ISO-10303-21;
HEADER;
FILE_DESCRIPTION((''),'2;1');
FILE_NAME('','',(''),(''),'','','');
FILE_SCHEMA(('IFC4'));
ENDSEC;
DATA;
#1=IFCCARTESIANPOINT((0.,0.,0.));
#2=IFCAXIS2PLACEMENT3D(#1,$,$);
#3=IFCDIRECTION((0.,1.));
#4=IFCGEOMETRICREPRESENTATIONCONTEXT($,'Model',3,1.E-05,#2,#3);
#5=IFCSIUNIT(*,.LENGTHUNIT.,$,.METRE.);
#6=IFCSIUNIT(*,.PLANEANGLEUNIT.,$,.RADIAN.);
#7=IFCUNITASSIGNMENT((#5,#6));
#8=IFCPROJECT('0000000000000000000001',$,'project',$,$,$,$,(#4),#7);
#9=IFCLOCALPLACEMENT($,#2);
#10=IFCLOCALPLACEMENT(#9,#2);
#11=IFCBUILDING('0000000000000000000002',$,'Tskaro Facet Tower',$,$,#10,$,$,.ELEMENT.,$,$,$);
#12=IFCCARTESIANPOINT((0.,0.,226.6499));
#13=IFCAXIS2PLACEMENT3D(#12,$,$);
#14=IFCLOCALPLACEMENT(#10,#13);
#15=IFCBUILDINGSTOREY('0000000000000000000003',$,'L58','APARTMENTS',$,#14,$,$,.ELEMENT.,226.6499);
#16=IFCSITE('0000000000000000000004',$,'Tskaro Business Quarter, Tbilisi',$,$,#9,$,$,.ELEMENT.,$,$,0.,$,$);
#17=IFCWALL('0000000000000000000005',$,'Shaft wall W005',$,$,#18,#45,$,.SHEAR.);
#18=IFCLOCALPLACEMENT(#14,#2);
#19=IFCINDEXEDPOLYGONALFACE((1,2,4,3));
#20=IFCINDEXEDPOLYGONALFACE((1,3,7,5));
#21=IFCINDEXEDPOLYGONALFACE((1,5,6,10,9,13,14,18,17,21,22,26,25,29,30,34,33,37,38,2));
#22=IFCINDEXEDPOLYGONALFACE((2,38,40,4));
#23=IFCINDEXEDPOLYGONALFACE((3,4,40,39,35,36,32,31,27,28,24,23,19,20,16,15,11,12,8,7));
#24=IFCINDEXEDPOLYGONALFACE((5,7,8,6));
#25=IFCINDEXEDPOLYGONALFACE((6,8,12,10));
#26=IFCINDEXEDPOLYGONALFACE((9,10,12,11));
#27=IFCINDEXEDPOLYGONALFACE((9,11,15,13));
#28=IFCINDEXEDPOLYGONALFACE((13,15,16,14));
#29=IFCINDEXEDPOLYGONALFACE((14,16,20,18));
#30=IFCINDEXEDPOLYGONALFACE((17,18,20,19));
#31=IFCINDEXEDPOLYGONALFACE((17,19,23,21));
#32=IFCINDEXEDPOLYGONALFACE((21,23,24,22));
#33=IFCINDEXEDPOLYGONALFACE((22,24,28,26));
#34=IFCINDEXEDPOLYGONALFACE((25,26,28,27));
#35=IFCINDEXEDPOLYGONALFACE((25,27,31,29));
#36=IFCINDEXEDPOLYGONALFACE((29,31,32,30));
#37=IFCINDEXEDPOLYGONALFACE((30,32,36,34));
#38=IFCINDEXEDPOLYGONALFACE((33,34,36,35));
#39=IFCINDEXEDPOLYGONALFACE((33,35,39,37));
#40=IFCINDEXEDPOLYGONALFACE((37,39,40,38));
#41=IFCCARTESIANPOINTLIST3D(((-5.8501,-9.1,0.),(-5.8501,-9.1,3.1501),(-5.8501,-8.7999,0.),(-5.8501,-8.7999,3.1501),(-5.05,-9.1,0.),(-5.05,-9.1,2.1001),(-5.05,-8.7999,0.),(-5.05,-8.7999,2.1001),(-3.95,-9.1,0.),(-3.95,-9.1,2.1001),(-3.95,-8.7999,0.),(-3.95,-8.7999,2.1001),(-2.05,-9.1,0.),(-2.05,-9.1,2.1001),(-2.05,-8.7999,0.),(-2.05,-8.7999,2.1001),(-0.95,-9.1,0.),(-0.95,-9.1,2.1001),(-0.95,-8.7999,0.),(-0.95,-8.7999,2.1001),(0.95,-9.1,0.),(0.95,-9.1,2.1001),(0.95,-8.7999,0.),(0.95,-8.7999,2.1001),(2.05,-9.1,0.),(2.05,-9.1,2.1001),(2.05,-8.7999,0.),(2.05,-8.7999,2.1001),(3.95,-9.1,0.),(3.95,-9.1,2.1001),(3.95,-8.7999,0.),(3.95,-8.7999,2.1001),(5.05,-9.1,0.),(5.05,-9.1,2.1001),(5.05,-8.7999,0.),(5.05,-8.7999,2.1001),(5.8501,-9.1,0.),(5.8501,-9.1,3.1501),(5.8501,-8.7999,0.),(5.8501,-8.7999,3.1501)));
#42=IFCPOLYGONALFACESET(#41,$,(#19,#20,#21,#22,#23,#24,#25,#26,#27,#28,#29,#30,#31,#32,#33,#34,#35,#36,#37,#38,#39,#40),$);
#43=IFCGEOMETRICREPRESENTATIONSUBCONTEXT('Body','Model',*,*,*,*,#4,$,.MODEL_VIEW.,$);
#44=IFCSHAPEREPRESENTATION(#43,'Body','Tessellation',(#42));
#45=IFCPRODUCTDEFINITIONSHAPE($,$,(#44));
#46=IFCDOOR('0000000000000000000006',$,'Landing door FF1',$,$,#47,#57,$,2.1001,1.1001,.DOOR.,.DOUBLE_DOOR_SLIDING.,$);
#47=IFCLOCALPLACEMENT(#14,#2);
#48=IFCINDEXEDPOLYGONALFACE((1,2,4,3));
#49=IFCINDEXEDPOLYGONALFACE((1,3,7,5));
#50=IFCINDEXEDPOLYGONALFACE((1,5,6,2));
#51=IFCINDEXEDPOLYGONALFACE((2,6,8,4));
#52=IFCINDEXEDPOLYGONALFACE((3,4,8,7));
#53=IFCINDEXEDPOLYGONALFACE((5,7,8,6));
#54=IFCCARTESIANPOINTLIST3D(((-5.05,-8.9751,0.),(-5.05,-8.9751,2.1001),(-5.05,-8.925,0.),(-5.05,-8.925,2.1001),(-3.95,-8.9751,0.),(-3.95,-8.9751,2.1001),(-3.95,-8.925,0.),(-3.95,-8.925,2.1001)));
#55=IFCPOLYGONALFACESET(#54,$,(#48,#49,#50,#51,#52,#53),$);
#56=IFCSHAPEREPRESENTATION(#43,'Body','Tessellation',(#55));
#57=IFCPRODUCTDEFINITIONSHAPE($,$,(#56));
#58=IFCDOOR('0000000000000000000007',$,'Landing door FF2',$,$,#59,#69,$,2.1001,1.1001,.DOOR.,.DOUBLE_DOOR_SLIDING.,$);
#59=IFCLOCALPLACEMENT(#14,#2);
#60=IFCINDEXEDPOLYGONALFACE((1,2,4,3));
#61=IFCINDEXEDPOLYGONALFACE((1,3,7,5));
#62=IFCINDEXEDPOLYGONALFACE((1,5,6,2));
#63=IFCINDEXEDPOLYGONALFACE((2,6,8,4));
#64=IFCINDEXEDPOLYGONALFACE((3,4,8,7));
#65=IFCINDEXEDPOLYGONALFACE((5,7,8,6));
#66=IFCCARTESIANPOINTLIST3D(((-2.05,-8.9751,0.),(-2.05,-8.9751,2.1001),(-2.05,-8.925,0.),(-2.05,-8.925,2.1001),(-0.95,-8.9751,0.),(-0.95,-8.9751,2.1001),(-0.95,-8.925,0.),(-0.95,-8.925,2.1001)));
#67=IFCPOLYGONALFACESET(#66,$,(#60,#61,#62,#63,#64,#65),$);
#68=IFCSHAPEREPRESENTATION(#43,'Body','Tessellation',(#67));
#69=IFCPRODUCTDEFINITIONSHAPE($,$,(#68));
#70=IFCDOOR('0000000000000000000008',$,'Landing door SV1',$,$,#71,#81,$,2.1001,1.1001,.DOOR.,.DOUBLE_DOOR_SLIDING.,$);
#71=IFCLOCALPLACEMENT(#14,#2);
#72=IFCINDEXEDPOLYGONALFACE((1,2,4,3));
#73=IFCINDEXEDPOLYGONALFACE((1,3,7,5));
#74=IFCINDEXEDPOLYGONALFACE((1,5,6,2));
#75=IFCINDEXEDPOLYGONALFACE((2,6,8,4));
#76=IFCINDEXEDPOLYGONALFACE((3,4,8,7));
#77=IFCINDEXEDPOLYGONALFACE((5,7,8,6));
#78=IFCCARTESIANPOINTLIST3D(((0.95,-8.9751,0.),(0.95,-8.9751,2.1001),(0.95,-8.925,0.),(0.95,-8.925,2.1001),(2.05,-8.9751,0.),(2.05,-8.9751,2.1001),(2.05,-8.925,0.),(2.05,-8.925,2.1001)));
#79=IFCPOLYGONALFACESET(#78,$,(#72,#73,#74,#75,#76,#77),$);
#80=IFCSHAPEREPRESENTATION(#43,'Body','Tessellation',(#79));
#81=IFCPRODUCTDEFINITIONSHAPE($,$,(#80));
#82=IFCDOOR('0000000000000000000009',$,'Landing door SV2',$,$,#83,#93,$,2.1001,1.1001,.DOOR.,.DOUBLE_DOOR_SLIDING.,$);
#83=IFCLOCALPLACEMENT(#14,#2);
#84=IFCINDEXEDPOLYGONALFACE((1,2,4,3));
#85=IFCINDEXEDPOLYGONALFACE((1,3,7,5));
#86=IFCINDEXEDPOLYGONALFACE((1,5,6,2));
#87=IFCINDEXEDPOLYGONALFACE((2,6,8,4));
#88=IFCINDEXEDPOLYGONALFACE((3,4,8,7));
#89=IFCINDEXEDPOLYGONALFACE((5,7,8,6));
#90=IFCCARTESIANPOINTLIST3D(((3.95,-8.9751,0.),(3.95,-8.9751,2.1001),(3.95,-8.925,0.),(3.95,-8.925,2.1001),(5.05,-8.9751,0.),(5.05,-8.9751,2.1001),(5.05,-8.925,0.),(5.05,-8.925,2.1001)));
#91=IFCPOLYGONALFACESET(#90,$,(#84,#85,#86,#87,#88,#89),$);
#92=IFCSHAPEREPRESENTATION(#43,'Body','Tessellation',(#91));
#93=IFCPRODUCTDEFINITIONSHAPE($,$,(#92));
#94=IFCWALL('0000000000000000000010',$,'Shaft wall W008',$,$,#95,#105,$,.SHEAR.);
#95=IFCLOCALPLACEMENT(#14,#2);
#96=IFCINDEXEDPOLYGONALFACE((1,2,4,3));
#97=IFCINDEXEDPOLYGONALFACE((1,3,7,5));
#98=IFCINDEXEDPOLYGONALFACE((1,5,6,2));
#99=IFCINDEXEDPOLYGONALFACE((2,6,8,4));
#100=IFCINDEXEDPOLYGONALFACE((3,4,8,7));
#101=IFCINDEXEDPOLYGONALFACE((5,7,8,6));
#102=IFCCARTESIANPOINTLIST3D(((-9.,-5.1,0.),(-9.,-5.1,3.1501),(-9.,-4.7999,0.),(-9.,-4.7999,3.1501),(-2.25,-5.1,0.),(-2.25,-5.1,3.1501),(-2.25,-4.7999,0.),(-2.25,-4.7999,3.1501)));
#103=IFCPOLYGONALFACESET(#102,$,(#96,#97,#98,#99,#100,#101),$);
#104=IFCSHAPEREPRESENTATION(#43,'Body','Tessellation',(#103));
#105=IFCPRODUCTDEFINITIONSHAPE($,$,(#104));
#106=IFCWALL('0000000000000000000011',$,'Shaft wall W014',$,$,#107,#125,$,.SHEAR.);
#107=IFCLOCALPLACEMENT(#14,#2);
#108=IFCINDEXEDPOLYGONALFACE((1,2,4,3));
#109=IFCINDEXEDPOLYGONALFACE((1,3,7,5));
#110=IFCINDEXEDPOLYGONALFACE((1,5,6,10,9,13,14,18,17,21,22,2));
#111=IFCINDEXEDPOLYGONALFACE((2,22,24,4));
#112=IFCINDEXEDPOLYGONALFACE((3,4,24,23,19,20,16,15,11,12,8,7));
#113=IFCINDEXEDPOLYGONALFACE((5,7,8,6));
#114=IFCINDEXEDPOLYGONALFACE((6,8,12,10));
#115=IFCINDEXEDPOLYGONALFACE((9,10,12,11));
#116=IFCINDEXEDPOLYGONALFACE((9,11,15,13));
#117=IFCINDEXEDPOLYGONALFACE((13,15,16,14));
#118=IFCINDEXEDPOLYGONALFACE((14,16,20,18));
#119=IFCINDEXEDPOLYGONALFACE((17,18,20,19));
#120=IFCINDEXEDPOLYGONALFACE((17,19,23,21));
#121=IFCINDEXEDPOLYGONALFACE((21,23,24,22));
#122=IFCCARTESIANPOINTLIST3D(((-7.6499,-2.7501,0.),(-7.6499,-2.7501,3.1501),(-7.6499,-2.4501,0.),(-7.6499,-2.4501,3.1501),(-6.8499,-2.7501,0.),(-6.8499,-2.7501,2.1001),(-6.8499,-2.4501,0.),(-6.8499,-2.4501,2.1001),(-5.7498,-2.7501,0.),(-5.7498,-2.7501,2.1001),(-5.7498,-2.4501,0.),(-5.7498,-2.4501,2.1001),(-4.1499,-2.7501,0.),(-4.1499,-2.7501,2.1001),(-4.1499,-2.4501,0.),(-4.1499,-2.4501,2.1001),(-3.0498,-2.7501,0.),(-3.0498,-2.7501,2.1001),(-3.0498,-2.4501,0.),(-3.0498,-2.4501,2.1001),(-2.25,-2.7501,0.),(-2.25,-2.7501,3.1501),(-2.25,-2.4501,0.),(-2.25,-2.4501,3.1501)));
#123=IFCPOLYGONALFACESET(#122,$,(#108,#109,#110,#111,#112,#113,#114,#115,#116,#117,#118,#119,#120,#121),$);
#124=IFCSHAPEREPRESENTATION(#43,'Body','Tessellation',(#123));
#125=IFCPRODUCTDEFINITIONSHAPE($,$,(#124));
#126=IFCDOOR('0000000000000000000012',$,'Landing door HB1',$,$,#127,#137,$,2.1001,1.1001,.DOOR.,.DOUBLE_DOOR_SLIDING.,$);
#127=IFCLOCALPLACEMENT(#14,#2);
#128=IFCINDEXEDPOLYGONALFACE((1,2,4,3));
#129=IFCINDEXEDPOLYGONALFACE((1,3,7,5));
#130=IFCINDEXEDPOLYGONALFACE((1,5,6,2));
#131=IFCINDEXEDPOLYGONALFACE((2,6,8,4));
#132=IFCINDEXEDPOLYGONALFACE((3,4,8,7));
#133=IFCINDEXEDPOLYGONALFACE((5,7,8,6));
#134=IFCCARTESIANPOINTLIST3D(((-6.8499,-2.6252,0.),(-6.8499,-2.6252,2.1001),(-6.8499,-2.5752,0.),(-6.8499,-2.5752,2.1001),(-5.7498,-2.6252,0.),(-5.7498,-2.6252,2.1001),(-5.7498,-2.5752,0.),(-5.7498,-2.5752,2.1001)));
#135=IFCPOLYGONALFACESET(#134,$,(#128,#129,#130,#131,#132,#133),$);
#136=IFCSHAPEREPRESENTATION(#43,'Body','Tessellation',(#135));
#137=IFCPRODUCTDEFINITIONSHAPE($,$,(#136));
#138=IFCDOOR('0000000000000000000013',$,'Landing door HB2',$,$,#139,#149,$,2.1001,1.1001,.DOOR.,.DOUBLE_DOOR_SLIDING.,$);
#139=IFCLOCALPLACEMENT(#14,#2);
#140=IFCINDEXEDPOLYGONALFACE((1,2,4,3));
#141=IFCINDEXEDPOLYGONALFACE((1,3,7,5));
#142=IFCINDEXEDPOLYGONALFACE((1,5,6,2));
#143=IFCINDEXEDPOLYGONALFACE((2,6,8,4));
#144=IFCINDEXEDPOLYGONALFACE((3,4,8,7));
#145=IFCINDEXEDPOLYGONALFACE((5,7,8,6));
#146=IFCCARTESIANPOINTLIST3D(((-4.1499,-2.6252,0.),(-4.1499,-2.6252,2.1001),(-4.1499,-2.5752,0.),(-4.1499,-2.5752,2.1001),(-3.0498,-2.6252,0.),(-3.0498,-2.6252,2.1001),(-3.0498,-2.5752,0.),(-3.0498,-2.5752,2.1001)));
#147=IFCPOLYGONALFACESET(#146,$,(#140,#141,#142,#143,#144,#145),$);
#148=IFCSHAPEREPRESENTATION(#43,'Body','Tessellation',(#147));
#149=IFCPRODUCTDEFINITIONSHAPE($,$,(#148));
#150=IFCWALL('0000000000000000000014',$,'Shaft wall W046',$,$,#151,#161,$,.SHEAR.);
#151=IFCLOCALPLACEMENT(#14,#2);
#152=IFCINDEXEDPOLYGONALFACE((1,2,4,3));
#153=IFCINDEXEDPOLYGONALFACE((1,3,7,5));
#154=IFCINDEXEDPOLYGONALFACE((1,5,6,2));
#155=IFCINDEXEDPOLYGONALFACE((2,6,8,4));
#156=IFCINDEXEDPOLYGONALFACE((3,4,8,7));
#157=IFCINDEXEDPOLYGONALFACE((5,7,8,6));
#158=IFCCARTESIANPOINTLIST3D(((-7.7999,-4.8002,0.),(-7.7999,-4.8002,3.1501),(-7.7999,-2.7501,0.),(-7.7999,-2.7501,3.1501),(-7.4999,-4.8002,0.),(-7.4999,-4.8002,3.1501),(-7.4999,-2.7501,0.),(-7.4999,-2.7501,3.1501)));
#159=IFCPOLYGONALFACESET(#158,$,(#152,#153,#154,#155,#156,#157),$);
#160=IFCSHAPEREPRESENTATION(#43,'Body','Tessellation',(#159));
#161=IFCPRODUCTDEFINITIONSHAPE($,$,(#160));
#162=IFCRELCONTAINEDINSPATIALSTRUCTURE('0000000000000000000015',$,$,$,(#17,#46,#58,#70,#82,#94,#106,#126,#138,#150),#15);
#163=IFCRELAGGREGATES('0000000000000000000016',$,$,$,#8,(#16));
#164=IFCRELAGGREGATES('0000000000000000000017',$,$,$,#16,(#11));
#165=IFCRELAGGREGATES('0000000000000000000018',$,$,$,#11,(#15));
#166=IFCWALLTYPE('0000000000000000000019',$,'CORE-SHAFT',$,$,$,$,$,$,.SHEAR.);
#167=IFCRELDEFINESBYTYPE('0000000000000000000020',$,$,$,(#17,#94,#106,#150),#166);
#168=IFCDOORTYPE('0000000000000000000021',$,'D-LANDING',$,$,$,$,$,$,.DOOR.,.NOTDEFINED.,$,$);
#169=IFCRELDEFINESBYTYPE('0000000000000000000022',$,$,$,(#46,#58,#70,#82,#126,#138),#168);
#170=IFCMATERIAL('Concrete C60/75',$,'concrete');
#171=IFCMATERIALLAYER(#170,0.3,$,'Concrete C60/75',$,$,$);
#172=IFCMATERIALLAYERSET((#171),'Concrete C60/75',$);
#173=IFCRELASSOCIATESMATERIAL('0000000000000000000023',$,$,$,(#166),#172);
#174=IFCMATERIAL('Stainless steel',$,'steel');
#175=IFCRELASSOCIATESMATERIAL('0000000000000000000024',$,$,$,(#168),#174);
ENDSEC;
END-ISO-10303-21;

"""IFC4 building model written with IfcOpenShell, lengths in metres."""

from ifc_helpers import new_model, si_unit, direction, frame, frame_2d, origin, place, context, subcontext, project, spatial, rectangle, extrude, material, layer, layer_set, type_object, element, fill, save


model = new_model("IFC4")

# Units and contexts
model_context = context("Model", 3, precision=1e-05, world=origin(), true_north=direction((0.0, 1.0)))
body_context = subcontext(model_context, "Body", "Model", "MODEL_VIEW")
ifc_project = project(units=[si_unit("LENGTHUNIT", "METRE"), si_unit("PLANEANGLEUNIT", "RADIAN")], contexts=[model_context])

# Site, building, storey
site_placement = place(None, origin())
site = spatial("IfcSite", under=ifc_project, at=site_placement, Name="Tskaro Business Quarter, Tbilisi", CompositionType="ELEMENT", RefElevation=0.0)
building_placement = place(site_placement, origin())
building = spatial("IfcBuilding", under=site, at=building_placement, Name="Tskaro Facet Tower", CompositionType="ELEMENT")
storey_placement = place(building_placement, frame((0.0, 0.0, 226.6499)))
storey = spatial("IfcBuildingStorey", under=building, at=storey_placement, Name="L58", Description="APARTMENTS", CompositionType="ELEMENT", Elevation=226.6499)

# Wall, openings, doors
ifc_material_1 = material(Name="Concrete C60/75", Category="concrete")
ifc_layer_1 = layer(ifc_material_1, 0.3, Name="Concrete C60/75")
ifc_layer_set_1 = layer_set([ifc_layer_1], Name="Concrete C60/75")
wall_type_1 = type_object("IfcWallType", Name="CORE-SHAFT", PredefinedType="SHEAR", material=ifc_layer_set_1)
wall_1_placement = place(storey_placement, frame((-5.8501, -8.95, 0.0), z_axis=(0.0, 0.0, 1.0), x_axis=(1.0, 0.0, 0.0)))
wall_1 = element("IfcWall", 1, at=wall_1_placement, inside=storey, type_object=wall_type_1, Name="Shaft wall W005", PredefinedType="SHEAR", context=body_context, shape_type="SweptSolid", body=[
    extrude(rectangle(XDim=11.7002, YDim=0.3, at=frame_2d((5.8501, 0.0))), origin(), (0.0, 0.0, 1.0), 3.1501),
])
opening_1_placement = place(wall_1_placement, frame((0.8, 0.0, 0.0)))
opening_1 = element("IfcOpeningElement", 2, at=opening_1_placement, cuts=wall_1, PredefinedType="OPENING", context=body_context, shape_type="SweptSolid", body=[
    extrude(rectangle(XDim=1.1001, YDim=2.1001, at=frame_2d((0.55, 1.05))), frame((0.0, 0.1599, 0.0), z_axis=(0.0, -1.0, 0.0), x_axis=(1.0, 0.0, 0.0)), (0.0, 0.0, 1.0), 0.3201),
])
opening_2_placement = place(wall_1_placement, frame((3.8, 0.0, 0.0)))
opening_2 = element("IfcOpeningElement", 3, at=opening_2_placement, cuts=wall_1, PredefinedType="OPENING", context=body_context, shape_type="SweptSolid", body=[
    extrude(rectangle(XDim=1.1001, YDim=2.1001, at=frame_2d((0.55, 1.05))), frame((0.0, 0.1599, 0.0), z_axis=(0.0, -1.0, 0.0), x_axis=(1.0, 0.0, 0.0)), (0.0, 0.0, 1.0), 0.3201),
])
opening_3_placement = place(wall_1_placement, frame((6.8, 0.0, 0.0)))
opening_3 = element("IfcOpeningElement", 4, at=opening_3_placement, cuts=wall_1, PredefinedType="OPENING", context=body_context, shape_type="SweptSolid", body=[
    extrude(rectangle(XDim=1.1001, YDim=2.1001, at=frame_2d((0.55, 1.05))), frame((0.0, 0.1599, 0.0), z_axis=(0.0, -1.0, 0.0), x_axis=(1.0, 0.0, 0.0)), (0.0, 0.0, 1.0), 0.3201),
])
opening_4_placement = place(wall_1_placement, frame((9.8, 0.0, 0.0)))
opening_4 = element("IfcOpeningElement", 5, at=opening_4_placement, cuts=wall_1, PredefinedType="OPENING", context=body_context, shape_type="SweptSolid", body=[
    extrude(rectangle(XDim=1.1001, YDim=2.1001, at=frame_2d((0.55, 1.05))), frame((0.0, 0.1599, 0.0), z_axis=(0.0, -1.0, 0.0), x_axis=(1.0, 0.0, 0.0)), (0.0, 0.0, 1.0), 0.3201),
])
ifc_material_2 = material(Name="Stainless steel", Category="steel")
door_type_1 = type_object("IfcDoorType", Name="D-LANDING", OperationType="NOTDEFINED", PredefinedType="DOOR", material=ifc_material_2)
door_1_placement = place(opening_1_placement, origin())
door_1 = element("IfcDoor", 6, at=door_1_placement, inside=storey, type_object=door_type_1, Name="Landing door FF1", OperationType="DOUBLE_DOOR_SLIDING", OverallHeight=2.1001, OverallWidth=1.1001, PredefinedType="DOOR", context=body_context, shape_type="SweptSolid", body=[
    extrude(rectangle(XDim=1.1001, YDim=2.1001, at=frame_2d((0.55, 1.05))), frame((0.0, 0.0249, 0.0), z_axis=(0.0, -1.0, 0.0), x_axis=(1.0, 0.0, 0.0)), (0.0, 0.0, 1.0), 0.05),
])
fill(opening_1, door_1)
door_2_placement = place(opening_2_placement, origin())
door_2 = element("IfcDoor", 7, at=door_2_placement, inside=storey, type_object=door_type_1, Name="Landing door FF2", OperationType="DOUBLE_DOOR_SLIDING", OverallHeight=2.1001, OverallWidth=1.1001, PredefinedType="DOOR", context=body_context, shape_type="SweptSolid", body=[
    extrude(rectangle(XDim=1.1001, YDim=2.1001, at=frame_2d((0.55, 1.05))), frame((0.0, 0.0249, 0.0), z_axis=(0.0, -1.0, 0.0), x_axis=(1.0, 0.0, 0.0)), (0.0, 0.0, 1.0), 0.05),
])
fill(opening_2, door_2)
door_3_placement = place(opening_3_placement, origin())
door_3 = element("IfcDoor", 8, at=door_3_placement, inside=storey, type_object=door_type_1, Name="Landing door SV1", OperationType="DOUBLE_DOOR_SLIDING", OverallHeight=2.1001, OverallWidth=1.1001, PredefinedType="DOOR", context=body_context, shape_type="SweptSolid", body=[
    extrude(rectangle(XDim=1.1001, YDim=2.1001, at=frame_2d((0.55, 1.05))), frame((0.0, 0.0249, 0.0), z_axis=(0.0, -1.0, 0.0), x_axis=(1.0, 0.0, 0.0)), (0.0, 0.0, 1.0), 0.05),
])
fill(opening_3, door_3)
door_4_placement = place(opening_4_placement, origin())
door_4 = element("IfcDoor", 9, at=door_4_placement, inside=storey, type_object=door_type_1, Name="Landing door SV2", OperationType="DOUBLE_DOOR_SLIDING", OverallHeight=2.1001, OverallWidth=1.1001, PredefinedType="DOOR", context=body_context, shape_type="SweptSolid", body=[
    extrude(rectangle(XDim=1.1001, YDim=2.1001, at=frame_2d((0.55, 1.05))), frame((0.0, 0.0249, 0.0), z_axis=(0.0, -1.0, 0.0), x_axis=(1.0, 0.0, 0.0)), (0.0, 0.0, 1.0), 0.05),
])
fill(opening_4, door_4)

# Wall
wall_2_placement = place(storey_placement, frame((-9.0, -4.95, 0.0), z_axis=(0.0, 0.0, 1.0), x_axis=(1.0, 0.0, 0.0)))
element("IfcWall", 10, at=wall_2_placement, inside=storey, type_object=wall_type_1, Name="Shaft wall W008", PredefinedType="SHEAR", context=body_context, shape_type="SweptSolid", body=[
    extrude(rectangle(XDim=6.75, YDim=0.3, at=frame_2d((3.375, 0.0))), origin(), (0.0, 0.0, 1.0), 3.1501),
])

# Wall, openings, doors
wall_3_placement = place(storey_placement, frame((-7.6499, -2.6001, 0.0), z_axis=(0.0, 0.0, 1.0), x_axis=(1.0, 0.0, 0.0)))
wall_3 = element("IfcWall", 11, at=wall_3_placement, inside=storey, type_object=wall_type_1, Name="Shaft wall W014", PredefinedType="SHEAR", context=body_context, shape_type="SweptSolid", body=[
    extrude(rectangle(XDim=5.3999, YDim=0.3, at=frame_2d((2.7, 0.0))), origin(), (0.0, 0.0, 1.0), 3.1501),
])
opening_5_placement = place(wall_3_placement, frame((0.8, 0.0, 0.0)))
opening_5 = element("IfcOpeningElement", 12, at=opening_5_placement, cuts=wall_3, PredefinedType="OPENING", context=body_context, shape_type="SweptSolid", body=[
    extrude(rectangle(XDim=1.1001, YDim=2.1001, at=frame_2d((0.55, 1.05))), frame((0.0, 0.1599, 0.0), z_axis=(0.0, -1.0, 0.0), x_axis=(1.0, 0.0, 0.0)), (0.0, 0.0, 1.0), 0.3201),
])
opening_6_placement = place(wall_3_placement, frame((3.5, 0.0, 0.0)))
opening_6 = element("IfcOpeningElement", 13, at=opening_6_placement, cuts=wall_3, PredefinedType="OPENING", context=body_context, shape_type="SweptSolid", body=[
    extrude(rectangle(XDim=1.1001, YDim=2.1001, at=frame_2d((0.55, 1.05))), frame((0.0, 0.1599, 0.0), z_axis=(0.0, -1.0, 0.0), x_axis=(1.0, 0.0, 0.0)), (0.0, 0.0, 1.0), 0.3201),
])
door_5_placement = place(opening_5_placement, origin())
door_5 = element("IfcDoor", 14, at=door_5_placement, inside=storey, type_object=door_type_1, Name="Landing door HB1", OperationType="DOUBLE_DOOR_SLIDING", OverallHeight=2.1001, OverallWidth=1.1001, PredefinedType="DOOR", context=body_context, shape_type="SweptSolid", body=[
    extrude(rectangle(XDim=1.1001, YDim=2.1001, at=frame_2d((0.55, 1.05))), frame((0.0, 0.0249, 0.0), z_axis=(0.0, -1.0, 0.0), x_axis=(1.0, 0.0, 0.0)), (0.0, 0.0, 1.0), 0.05),
])
fill(opening_5, door_5)
door_6_placement = place(opening_6_placement, origin())
door_6 = element("IfcDoor", 15, at=door_6_placement, inside=storey, type_object=door_type_1, Name="Landing door HB2", OperationType="DOUBLE_DOOR_SLIDING", OverallHeight=2.1001, OverallWidth=1.1001, PredefinedType="DOOR", context=body_context, shape_type="SweptSolid", body=[
    extrude(rectangle(XDim=1.1001, YDim=2.1001, at=frame_2d((0.55, 1.05))), frame((0.0, 0.0249, 0.0), z_axis=(0.0, -1.0, 0.0), x_axis=(1.0, 0.0, 0.0)), (0.0, 0.0, 1.0), 0.05),
])
fill(opening_6, door_6)

# Wall
wall_4_placement = place(storey_placement, frame((-7.6499, -4.8, 0.0), z_axis=(0.0, 0.0, 1.0), x_axis=(0.0, 1.0, 0.0)))
element("IfcWall", 16, at=wall_4_placement, inside=storey, type_object=wall_type_1, Name="Shaft wall W046", PredefinedType="SHEAR", context=body_context, shape_type="SweptSolid", body=[
    extrude(rectangle(XDim=2.05, YDim=0.3, at=frame_2d((1.0249, 0.0))), origin(), (0.0, 0.0, 1.0), 3.1501),
])

save(model, "model.ifc")
